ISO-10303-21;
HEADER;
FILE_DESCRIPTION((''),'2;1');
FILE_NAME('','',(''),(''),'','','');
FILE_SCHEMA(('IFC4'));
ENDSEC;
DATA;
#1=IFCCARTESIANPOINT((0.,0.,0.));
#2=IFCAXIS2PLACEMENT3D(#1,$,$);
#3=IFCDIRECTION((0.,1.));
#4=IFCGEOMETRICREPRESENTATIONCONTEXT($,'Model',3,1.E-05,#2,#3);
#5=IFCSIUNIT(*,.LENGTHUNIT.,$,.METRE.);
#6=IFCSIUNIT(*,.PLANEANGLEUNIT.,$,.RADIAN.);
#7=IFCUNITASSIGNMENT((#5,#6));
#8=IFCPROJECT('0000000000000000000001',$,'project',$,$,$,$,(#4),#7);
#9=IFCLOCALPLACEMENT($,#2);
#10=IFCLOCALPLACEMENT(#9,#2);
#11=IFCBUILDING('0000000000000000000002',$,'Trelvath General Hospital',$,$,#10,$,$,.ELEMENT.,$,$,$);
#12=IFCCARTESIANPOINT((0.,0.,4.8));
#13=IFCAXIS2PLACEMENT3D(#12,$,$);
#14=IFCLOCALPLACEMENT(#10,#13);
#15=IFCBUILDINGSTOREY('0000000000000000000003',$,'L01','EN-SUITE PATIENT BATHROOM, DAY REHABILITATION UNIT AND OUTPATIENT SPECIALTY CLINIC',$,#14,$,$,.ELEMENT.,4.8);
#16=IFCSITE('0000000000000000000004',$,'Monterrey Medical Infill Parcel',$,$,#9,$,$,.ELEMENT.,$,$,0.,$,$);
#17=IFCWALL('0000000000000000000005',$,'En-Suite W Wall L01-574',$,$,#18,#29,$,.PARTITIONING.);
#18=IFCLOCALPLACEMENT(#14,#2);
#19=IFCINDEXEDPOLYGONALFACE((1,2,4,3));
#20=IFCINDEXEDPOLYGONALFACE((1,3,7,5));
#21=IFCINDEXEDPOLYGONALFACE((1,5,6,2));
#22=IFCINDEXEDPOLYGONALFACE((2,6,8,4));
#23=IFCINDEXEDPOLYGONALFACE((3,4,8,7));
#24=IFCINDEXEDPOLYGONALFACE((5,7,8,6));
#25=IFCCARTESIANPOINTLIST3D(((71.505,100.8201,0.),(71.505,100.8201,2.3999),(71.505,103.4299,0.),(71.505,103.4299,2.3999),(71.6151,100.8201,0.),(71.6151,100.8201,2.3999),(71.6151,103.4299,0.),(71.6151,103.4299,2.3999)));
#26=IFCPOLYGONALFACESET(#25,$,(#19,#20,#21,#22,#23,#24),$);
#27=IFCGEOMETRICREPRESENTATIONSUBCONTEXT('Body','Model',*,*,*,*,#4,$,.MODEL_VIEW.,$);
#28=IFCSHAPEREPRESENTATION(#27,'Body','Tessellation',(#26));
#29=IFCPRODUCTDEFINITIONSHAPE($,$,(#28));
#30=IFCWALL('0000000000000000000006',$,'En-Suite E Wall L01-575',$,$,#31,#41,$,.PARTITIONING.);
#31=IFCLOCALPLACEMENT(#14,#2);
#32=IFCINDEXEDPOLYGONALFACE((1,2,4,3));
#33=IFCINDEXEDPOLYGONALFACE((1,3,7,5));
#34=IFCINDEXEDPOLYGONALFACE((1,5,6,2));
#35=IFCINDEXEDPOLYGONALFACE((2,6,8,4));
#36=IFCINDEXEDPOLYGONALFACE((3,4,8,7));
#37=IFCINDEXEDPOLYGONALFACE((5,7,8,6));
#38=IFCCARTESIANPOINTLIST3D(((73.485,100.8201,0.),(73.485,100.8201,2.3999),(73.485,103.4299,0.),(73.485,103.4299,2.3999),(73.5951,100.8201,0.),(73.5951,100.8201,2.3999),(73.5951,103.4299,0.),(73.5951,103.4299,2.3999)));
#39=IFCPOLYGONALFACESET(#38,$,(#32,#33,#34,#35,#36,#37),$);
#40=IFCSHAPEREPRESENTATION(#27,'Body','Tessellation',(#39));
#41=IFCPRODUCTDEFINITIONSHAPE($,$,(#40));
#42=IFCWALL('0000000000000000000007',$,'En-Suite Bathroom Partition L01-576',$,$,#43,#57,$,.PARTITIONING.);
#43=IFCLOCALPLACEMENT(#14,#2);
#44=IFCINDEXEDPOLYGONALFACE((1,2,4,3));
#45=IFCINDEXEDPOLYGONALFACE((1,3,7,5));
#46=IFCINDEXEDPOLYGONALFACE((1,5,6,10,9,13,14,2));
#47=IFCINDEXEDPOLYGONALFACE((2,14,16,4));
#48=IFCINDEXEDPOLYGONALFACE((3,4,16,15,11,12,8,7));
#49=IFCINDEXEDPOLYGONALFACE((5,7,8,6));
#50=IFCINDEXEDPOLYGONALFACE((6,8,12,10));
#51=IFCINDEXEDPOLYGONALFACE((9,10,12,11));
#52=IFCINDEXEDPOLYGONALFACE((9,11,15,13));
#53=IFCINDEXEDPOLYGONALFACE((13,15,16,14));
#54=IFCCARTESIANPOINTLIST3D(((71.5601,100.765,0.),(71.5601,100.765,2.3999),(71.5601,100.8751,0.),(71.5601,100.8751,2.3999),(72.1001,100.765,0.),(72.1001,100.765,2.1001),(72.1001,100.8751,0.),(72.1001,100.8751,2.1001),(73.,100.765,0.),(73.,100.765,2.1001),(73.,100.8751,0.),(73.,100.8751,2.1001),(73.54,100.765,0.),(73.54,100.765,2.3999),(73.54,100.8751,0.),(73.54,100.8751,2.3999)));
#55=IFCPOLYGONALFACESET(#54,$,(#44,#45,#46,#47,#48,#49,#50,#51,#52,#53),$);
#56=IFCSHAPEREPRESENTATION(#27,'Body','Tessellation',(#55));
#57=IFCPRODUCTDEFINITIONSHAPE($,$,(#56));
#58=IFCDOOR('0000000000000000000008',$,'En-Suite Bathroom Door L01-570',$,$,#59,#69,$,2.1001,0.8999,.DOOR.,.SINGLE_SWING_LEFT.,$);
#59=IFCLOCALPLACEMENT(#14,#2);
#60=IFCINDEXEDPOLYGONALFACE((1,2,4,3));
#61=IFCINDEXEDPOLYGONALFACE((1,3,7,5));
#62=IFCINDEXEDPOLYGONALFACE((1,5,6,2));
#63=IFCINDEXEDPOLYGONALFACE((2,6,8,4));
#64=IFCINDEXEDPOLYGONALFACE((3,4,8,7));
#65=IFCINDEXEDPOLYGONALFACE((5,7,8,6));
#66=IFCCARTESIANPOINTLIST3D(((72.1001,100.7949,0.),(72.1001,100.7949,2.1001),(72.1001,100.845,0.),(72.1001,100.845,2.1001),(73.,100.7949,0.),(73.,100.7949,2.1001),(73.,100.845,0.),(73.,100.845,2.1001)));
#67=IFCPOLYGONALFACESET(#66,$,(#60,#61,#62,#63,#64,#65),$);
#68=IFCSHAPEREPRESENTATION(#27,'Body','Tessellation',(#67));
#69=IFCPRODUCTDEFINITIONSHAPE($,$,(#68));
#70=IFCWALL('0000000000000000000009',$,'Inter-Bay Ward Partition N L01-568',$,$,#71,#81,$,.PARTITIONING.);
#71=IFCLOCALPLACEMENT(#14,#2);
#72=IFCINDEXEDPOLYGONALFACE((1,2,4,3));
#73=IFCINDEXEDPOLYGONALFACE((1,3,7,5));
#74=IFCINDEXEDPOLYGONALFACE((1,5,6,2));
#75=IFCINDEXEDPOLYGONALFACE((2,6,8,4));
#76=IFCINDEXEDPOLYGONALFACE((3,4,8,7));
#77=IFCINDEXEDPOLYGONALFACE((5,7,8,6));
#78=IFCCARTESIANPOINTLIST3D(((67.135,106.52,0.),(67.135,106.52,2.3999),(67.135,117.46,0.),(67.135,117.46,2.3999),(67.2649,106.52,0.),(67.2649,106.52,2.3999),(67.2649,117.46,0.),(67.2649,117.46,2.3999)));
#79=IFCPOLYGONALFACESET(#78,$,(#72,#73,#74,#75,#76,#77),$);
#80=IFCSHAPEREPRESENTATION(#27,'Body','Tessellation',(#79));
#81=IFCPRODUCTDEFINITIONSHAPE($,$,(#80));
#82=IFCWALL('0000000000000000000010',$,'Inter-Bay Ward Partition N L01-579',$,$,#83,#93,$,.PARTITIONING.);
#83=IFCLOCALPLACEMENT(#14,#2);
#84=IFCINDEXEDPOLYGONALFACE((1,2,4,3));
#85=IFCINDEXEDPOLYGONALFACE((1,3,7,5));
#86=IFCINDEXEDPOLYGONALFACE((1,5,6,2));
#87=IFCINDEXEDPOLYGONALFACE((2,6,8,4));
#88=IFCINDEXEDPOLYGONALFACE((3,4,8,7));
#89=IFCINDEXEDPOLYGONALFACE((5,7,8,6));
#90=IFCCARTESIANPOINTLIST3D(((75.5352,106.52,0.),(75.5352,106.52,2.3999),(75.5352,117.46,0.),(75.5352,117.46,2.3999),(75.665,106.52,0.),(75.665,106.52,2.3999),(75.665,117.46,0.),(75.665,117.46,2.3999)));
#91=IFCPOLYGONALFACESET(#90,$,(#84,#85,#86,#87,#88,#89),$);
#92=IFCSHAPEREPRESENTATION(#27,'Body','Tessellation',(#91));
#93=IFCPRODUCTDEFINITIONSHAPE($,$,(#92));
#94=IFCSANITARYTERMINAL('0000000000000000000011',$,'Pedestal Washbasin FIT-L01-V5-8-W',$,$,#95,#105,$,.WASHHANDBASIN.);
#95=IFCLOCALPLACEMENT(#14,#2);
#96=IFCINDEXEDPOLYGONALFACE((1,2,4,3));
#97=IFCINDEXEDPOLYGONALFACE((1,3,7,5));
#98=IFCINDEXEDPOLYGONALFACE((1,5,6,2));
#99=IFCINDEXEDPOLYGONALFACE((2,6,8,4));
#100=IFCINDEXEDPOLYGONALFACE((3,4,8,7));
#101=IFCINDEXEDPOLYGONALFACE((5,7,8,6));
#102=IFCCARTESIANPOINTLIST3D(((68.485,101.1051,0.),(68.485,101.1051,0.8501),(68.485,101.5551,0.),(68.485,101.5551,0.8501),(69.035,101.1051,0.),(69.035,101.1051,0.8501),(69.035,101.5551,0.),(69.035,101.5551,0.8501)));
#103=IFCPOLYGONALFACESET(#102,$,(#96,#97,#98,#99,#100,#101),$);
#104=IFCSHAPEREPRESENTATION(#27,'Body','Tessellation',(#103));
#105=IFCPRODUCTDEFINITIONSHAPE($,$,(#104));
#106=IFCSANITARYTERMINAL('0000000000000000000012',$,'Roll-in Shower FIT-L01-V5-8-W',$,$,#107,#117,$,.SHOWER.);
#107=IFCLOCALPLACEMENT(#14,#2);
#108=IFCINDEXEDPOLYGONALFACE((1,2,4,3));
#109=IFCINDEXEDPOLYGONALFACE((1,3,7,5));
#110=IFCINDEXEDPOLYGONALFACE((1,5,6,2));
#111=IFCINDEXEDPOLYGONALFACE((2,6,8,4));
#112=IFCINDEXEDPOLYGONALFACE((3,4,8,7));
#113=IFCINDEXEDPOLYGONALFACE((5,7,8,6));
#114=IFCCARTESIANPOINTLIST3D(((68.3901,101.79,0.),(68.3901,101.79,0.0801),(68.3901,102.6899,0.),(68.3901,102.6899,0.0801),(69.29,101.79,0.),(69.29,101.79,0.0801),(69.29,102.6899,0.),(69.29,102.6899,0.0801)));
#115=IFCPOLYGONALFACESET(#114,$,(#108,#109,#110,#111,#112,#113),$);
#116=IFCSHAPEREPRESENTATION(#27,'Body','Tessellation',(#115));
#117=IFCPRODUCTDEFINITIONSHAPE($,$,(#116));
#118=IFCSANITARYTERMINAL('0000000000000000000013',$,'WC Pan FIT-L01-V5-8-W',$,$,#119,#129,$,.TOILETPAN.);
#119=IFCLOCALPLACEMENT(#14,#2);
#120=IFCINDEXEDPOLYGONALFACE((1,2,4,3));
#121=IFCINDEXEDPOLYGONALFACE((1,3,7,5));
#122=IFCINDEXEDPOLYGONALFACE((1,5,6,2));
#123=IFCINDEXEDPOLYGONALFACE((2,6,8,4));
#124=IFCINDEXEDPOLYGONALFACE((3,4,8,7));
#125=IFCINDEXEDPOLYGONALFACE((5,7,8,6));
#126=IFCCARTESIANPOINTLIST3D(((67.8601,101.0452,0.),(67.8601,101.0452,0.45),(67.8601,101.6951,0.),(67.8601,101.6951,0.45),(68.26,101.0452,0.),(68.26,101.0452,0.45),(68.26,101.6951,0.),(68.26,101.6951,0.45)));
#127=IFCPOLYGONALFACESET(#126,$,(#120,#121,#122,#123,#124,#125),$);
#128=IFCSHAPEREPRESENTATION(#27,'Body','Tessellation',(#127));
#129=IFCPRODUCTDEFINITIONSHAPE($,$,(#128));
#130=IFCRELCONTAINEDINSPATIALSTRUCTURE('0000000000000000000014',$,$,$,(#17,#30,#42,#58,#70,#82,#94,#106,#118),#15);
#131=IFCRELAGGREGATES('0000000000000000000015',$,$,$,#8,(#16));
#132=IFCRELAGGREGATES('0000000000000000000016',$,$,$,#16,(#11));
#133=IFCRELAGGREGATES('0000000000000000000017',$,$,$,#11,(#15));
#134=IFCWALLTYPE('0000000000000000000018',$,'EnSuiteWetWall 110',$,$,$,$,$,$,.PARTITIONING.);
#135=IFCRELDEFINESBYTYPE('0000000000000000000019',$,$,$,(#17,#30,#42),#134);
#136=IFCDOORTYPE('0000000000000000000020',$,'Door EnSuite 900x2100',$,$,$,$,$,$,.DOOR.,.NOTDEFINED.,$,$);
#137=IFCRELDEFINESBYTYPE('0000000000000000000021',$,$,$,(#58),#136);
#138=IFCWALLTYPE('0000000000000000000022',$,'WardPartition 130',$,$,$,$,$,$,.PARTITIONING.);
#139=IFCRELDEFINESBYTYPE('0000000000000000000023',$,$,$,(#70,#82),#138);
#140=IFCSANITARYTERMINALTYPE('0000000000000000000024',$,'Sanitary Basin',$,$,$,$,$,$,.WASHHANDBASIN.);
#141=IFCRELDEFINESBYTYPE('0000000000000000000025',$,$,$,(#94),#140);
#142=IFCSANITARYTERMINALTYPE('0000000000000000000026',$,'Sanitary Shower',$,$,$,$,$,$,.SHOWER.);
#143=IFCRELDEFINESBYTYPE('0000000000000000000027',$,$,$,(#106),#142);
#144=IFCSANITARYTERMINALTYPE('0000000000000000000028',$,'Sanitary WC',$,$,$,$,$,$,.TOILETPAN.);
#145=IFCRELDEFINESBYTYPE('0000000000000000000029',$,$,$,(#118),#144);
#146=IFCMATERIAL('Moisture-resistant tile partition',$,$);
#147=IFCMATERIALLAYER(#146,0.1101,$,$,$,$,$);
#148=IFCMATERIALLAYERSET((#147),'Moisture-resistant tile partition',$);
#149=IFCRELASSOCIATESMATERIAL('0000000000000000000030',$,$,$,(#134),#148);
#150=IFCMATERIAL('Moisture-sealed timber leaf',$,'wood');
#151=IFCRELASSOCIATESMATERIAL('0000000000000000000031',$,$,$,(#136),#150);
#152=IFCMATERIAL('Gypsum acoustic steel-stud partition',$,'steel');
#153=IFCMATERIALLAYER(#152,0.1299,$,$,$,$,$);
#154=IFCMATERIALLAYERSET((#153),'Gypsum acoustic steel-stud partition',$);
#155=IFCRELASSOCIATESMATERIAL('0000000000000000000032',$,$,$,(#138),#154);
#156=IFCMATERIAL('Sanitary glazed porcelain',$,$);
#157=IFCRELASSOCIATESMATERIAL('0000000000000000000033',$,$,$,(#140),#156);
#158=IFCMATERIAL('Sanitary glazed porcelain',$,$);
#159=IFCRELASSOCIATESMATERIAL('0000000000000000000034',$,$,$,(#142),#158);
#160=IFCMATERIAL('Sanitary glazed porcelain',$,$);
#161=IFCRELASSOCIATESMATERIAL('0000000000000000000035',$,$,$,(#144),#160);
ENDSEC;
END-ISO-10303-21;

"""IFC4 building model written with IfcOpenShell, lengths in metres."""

from ifc_helpers import new_model, si_unit, direction, frame, frame_2d, origin, origin_2d, place, context, subcontext, project, spatial, rectangle, extrude, material, layer, layer_set, type_object, element, fill, save


model = new_model("IFC4")

# Units and contexts
model_context = context("Model", 3, precision=1e-05, world=origin(), true_north=direction((0.0, 1.0)))
body_context = subcontext(model_context, "Body", "Model", "MODEL_VIEW")
ifc_project = project(units=[si_unit("LENGTHUNIT", "METRE"), si_unit("PLANEANGLEUNIT", "RADIAN")], contexts=[model_context])

# Site, building, storey
site_placement = place(None, origin())
site = spatial("IfcSite", under=ifc_project, at=site_placement, Name="Monterrey Medical Infill Parcel", CompositionType="ELEMENT", RefElevation=0.0)
building_placement = place(site_placement, origin())
building = spatial("IfcBuilding", under=site, at=building_placement, Name="Trelvath General Hospital", CompositionType="ELEMENT")
storey_placement = place(building_placement, frame((0.0, 0.0, 4.8)))
storey = spatial("IfcBuildingStorey", under=building, at=storey_placement, Name="L01", Description="EN-SUITE PATIENT BATHROOM, DAY REHABILITATION UNIT AND OUTPATIENT SPECIALTY CLINIC", CompositionType="ELEMENT", Elevation=4.8)

# Shared definitions
ifc_material_1 = material(Name="Moisture-resistant tile partition")
ifc_layer_1 = layer(ifc_material_1, 0.1101)
ifc_layer_set_1 = layer_set([ifc_layer_1], Name="Moisture-resistant tile partition")
wall_type_1 = type_object("IfcWallType", Name="EnSuiteWetWall 110", PredefinedType="PARTITIONING", material=ifc_layer_set_1)

# Shared definitions
ifc_material_2 = material(Name="Moisture-sealed timber leaf", Category="wood")
door_type_1 = type_object("IfcDoorType", Name="Door EnSuite 900x2100", OperationType="NOTDEFINED", PredefinedType="DOOR", material=ifc_material_2)

# Walls
for number, where, z_axis, x_axis, name in (
    (1, (71.5601, 100.8201, 0.0), (0.0, 0.0, 1.0), (0.0, 1.0, 0.0), "En-Suite W Wall L01-574"),
    (2, (73.54, 100.8201, 0.0), (0.0, 0.0, 1.0), (0.0, 1.0, 0.0), "En-Suite E Wall L01-575"),
):
    element("IfcWall", number, at=place(storey_placement, frame(where, z_axis=z_axis, x_axis=x_axis)), inside=storey, type_object=wall_type_1, Name=name, PredefinedType="PARTITIONING", context=body_context, shape_type="SweptSolid", body=[
        extrude(rectangle(XDim=2.6099, YDim=0.1101, at=frame_2d((1.3049, 0.0))), origin(), (0.0, 0.0, 1.0), 2.3999),
    ])

# Wall, opening, door
wall_1_placement = place(storey_placement, frame((71.5601, 100.8201, 0.0), z_axis=(0.0, 0.0, 1.0), x_axis=(1.0, 0.0, 0.0)))
wall_1 = element("IfcWall", 3, at=wall_1_placement, inside=storey, type_object=wall_type_1, Name="En-Suite Bathroom Partition L01-576", PredefinedType="PARTITIONING", context=body_context, shape_type="SweptSolid", body=[
    extrude(rectangle(XDim=1.98, YDim=0.1101, at=frame_2d((0.99, 0.0))), origin(), (0.0, 0.0, 1.0), 2.3999),
])
opening_1_placement = place(wall_1_placement, frame((0.54, 0.0, 0.0)))
opening_1 = element("IfcOpeningElement", 4, at=opening_1_placement, cuts=wall_1, PredefinedType="OPENING", context=body_context, shape_type="SweptSolid", body=[
    extrude(rectangle(XDim=0.8999, YDim=2.1001, at=frame_2d((0.45, 1.05))), frame((0.0, 0.0649, 0.0), z_axis=(0.0, -1.0, 0.0), x_axis=(1.0, 0.0, 0.0)), (0.0, 0.0, 1.0), 0.1301),
])
door_1_placement = place(opening_1_placement, origin())
door_1 = element("IfcDoor", 5, at=door_1_placement, inside=storey, type_object=door_type_1, Name="En-Suite Bathroom Door L01-570", OperationType="SINGLE_SWING_LEFT", OverallHeight=2.1001, OverallWidth=0.8999, PredefinedType="DOOR", context=body_context, shape_type="SweptSolid", body=[
    extrude(rectangle(XDim=0.8999, YDim=2.1001, at=frame_2d((0.45, 1.05))), frame((0.0, 0.0249, 0.0), z_axis=(0.0, -1.0, 0.0), x_axis=(1.0, 0.0, 0.0)), (0.0, 0.0, 1.0), 0.05),
])
fill(opening_1, door_1)

# Walls
ifc_material_3 = material(Name="Gypsum acoustic steel-stud partition", Category="steel")
ifc_layer_2 = layer(ifc_material_3, 0.1299)
ifc_layer_set_2 = layer_set([ifc_layer_2], Name="Gypsum acoustic steel-stud partition")
wall_type_2 = type_object("IfcWallType", Name="WardPartition 130", PredefinedType="PARTITIONING", material=ifc_layer_set_2)
for number, where, z_axis, x_axis, name in (
    (6, (67.2, 106.52, 0.0), (0.0, 0.0, 1.0), (0.0, 1.0, 0.0), "Inter-Bay Ward Partition N L01-568"),
    (7, (75.6001, 106.52, 0.0), (0.0, 0.0, 1.0), (0.0, 1.0, 0.0), "Inter-Bay Ward Partition N L01-579"),
):
    element("IfcWall", number, at=place(storey_placement, frame(where, z_axis=z_axis, x_axis=x_axis)), inside=storey, type_object=wall_type_2, Name=name, PredefinedType="PARTITIONING", context=body_context, shape_type="SweptSolid", body=[
        extrude(rectangle(XDim=10.9399, YDim=0.1299, at=frame_2d((5.47, 0.0))), origin(), (0.0, 0.0, 1.0), 2.3999),
    ])

# Sanitary terminals
ifc_material_4 = material(Name="Sanitary glazed porcelain")
sanitary_terminal_type_1 = type_object("IfcSanitaryTerminalType", Name="Sanitary Basin", PredefinedType="WASHHANDBASIN", material=ifc_material_4)
sanitary_terminal_1_placement = place(storey_placement, frame((68.76, 101.3301, 0.0), z_axis=(0.0, 0.0, 1.0), x_axis=(1.0, 0.0, 0.0)))
element("IfcSanitaryTerminal", 8, at=sanitary_terminal_1_placement, inside=storey, type_object=sanitary_terminal_type_1, Name="Pedestal Washbasin FIT-L01-V5-8-W", PredefinedType="WASHHANDBASIN", context=body_context, shape_type="SweptSolid", body=[
    extrude(rectangle(XDim=0.55, YDim=0.45, at=origin_2d()), origin(), (0.0, 0.0, 1.0), 0.8501),
])
ifc_material_5 = material(Name="Sanitary glazed porcelain")
sanitary_terminal_type_2 = type_object("IfcSanitaryTerminalType", Name="Sanitary Shower", PredefinedType="SHOWER", material=ifc_material_5)
sanitary_terminal_2_placement = place(storey_placement, frame((68.8401, 102.24, 0.0), z_axis=(0.0, 0.0, 1.0), x_axis=(1.0, 0.0, 0.0)))
element("IfcSanitaryTerminal", 9, at=sanitary_terminal_2_placement, inside=storey, type_object=sanitary_terminal_type_2, Name="Roll-in Shower FIT-L01-V5-8-W", PredefinedType="SHOWER", context=body_context, shape_type="SweptSolid", body=[
    extrude(rectangle(XDim=0.8999, YDim=0.8999, at=origin_2d()), origin(), (0.0, 0.0, 1.0), 0.0801),
])
ifc_material_6 = material(Name="Sanitary glazed porcelain")
sanitary_terminal_type_3 = type_object("IfcSanitaryTerminalType", Name="Sanitary WC", PredefinedType="TOILETPAN", material=ifc_material_6)
sanitary_terminal_3_placement = place(storey_placement, frame((68.0601, 101.3701, 0.0), z_axis=(0.0, 0.0, 1.0), x_axis=(1.0, 0.0, 0.0)))
element("IfcSanitaryTerminal", 10, at=sanitary_terminal_3_placement, inside=storey, type_object=sanitary_terminal_type_3, Name="WC Pan FIT-L01-V5-8-W", PredefinedType="TOILETPAN", context=body_context, shape_type="SweptSolid", body=[
    extrude(rectangle(XDim=0.3999, YDim=0.6499, at=origin_2d()), origin(), (0.0, 0.0, 1.0), 0.45),
])

save(model, "model.ifc")
